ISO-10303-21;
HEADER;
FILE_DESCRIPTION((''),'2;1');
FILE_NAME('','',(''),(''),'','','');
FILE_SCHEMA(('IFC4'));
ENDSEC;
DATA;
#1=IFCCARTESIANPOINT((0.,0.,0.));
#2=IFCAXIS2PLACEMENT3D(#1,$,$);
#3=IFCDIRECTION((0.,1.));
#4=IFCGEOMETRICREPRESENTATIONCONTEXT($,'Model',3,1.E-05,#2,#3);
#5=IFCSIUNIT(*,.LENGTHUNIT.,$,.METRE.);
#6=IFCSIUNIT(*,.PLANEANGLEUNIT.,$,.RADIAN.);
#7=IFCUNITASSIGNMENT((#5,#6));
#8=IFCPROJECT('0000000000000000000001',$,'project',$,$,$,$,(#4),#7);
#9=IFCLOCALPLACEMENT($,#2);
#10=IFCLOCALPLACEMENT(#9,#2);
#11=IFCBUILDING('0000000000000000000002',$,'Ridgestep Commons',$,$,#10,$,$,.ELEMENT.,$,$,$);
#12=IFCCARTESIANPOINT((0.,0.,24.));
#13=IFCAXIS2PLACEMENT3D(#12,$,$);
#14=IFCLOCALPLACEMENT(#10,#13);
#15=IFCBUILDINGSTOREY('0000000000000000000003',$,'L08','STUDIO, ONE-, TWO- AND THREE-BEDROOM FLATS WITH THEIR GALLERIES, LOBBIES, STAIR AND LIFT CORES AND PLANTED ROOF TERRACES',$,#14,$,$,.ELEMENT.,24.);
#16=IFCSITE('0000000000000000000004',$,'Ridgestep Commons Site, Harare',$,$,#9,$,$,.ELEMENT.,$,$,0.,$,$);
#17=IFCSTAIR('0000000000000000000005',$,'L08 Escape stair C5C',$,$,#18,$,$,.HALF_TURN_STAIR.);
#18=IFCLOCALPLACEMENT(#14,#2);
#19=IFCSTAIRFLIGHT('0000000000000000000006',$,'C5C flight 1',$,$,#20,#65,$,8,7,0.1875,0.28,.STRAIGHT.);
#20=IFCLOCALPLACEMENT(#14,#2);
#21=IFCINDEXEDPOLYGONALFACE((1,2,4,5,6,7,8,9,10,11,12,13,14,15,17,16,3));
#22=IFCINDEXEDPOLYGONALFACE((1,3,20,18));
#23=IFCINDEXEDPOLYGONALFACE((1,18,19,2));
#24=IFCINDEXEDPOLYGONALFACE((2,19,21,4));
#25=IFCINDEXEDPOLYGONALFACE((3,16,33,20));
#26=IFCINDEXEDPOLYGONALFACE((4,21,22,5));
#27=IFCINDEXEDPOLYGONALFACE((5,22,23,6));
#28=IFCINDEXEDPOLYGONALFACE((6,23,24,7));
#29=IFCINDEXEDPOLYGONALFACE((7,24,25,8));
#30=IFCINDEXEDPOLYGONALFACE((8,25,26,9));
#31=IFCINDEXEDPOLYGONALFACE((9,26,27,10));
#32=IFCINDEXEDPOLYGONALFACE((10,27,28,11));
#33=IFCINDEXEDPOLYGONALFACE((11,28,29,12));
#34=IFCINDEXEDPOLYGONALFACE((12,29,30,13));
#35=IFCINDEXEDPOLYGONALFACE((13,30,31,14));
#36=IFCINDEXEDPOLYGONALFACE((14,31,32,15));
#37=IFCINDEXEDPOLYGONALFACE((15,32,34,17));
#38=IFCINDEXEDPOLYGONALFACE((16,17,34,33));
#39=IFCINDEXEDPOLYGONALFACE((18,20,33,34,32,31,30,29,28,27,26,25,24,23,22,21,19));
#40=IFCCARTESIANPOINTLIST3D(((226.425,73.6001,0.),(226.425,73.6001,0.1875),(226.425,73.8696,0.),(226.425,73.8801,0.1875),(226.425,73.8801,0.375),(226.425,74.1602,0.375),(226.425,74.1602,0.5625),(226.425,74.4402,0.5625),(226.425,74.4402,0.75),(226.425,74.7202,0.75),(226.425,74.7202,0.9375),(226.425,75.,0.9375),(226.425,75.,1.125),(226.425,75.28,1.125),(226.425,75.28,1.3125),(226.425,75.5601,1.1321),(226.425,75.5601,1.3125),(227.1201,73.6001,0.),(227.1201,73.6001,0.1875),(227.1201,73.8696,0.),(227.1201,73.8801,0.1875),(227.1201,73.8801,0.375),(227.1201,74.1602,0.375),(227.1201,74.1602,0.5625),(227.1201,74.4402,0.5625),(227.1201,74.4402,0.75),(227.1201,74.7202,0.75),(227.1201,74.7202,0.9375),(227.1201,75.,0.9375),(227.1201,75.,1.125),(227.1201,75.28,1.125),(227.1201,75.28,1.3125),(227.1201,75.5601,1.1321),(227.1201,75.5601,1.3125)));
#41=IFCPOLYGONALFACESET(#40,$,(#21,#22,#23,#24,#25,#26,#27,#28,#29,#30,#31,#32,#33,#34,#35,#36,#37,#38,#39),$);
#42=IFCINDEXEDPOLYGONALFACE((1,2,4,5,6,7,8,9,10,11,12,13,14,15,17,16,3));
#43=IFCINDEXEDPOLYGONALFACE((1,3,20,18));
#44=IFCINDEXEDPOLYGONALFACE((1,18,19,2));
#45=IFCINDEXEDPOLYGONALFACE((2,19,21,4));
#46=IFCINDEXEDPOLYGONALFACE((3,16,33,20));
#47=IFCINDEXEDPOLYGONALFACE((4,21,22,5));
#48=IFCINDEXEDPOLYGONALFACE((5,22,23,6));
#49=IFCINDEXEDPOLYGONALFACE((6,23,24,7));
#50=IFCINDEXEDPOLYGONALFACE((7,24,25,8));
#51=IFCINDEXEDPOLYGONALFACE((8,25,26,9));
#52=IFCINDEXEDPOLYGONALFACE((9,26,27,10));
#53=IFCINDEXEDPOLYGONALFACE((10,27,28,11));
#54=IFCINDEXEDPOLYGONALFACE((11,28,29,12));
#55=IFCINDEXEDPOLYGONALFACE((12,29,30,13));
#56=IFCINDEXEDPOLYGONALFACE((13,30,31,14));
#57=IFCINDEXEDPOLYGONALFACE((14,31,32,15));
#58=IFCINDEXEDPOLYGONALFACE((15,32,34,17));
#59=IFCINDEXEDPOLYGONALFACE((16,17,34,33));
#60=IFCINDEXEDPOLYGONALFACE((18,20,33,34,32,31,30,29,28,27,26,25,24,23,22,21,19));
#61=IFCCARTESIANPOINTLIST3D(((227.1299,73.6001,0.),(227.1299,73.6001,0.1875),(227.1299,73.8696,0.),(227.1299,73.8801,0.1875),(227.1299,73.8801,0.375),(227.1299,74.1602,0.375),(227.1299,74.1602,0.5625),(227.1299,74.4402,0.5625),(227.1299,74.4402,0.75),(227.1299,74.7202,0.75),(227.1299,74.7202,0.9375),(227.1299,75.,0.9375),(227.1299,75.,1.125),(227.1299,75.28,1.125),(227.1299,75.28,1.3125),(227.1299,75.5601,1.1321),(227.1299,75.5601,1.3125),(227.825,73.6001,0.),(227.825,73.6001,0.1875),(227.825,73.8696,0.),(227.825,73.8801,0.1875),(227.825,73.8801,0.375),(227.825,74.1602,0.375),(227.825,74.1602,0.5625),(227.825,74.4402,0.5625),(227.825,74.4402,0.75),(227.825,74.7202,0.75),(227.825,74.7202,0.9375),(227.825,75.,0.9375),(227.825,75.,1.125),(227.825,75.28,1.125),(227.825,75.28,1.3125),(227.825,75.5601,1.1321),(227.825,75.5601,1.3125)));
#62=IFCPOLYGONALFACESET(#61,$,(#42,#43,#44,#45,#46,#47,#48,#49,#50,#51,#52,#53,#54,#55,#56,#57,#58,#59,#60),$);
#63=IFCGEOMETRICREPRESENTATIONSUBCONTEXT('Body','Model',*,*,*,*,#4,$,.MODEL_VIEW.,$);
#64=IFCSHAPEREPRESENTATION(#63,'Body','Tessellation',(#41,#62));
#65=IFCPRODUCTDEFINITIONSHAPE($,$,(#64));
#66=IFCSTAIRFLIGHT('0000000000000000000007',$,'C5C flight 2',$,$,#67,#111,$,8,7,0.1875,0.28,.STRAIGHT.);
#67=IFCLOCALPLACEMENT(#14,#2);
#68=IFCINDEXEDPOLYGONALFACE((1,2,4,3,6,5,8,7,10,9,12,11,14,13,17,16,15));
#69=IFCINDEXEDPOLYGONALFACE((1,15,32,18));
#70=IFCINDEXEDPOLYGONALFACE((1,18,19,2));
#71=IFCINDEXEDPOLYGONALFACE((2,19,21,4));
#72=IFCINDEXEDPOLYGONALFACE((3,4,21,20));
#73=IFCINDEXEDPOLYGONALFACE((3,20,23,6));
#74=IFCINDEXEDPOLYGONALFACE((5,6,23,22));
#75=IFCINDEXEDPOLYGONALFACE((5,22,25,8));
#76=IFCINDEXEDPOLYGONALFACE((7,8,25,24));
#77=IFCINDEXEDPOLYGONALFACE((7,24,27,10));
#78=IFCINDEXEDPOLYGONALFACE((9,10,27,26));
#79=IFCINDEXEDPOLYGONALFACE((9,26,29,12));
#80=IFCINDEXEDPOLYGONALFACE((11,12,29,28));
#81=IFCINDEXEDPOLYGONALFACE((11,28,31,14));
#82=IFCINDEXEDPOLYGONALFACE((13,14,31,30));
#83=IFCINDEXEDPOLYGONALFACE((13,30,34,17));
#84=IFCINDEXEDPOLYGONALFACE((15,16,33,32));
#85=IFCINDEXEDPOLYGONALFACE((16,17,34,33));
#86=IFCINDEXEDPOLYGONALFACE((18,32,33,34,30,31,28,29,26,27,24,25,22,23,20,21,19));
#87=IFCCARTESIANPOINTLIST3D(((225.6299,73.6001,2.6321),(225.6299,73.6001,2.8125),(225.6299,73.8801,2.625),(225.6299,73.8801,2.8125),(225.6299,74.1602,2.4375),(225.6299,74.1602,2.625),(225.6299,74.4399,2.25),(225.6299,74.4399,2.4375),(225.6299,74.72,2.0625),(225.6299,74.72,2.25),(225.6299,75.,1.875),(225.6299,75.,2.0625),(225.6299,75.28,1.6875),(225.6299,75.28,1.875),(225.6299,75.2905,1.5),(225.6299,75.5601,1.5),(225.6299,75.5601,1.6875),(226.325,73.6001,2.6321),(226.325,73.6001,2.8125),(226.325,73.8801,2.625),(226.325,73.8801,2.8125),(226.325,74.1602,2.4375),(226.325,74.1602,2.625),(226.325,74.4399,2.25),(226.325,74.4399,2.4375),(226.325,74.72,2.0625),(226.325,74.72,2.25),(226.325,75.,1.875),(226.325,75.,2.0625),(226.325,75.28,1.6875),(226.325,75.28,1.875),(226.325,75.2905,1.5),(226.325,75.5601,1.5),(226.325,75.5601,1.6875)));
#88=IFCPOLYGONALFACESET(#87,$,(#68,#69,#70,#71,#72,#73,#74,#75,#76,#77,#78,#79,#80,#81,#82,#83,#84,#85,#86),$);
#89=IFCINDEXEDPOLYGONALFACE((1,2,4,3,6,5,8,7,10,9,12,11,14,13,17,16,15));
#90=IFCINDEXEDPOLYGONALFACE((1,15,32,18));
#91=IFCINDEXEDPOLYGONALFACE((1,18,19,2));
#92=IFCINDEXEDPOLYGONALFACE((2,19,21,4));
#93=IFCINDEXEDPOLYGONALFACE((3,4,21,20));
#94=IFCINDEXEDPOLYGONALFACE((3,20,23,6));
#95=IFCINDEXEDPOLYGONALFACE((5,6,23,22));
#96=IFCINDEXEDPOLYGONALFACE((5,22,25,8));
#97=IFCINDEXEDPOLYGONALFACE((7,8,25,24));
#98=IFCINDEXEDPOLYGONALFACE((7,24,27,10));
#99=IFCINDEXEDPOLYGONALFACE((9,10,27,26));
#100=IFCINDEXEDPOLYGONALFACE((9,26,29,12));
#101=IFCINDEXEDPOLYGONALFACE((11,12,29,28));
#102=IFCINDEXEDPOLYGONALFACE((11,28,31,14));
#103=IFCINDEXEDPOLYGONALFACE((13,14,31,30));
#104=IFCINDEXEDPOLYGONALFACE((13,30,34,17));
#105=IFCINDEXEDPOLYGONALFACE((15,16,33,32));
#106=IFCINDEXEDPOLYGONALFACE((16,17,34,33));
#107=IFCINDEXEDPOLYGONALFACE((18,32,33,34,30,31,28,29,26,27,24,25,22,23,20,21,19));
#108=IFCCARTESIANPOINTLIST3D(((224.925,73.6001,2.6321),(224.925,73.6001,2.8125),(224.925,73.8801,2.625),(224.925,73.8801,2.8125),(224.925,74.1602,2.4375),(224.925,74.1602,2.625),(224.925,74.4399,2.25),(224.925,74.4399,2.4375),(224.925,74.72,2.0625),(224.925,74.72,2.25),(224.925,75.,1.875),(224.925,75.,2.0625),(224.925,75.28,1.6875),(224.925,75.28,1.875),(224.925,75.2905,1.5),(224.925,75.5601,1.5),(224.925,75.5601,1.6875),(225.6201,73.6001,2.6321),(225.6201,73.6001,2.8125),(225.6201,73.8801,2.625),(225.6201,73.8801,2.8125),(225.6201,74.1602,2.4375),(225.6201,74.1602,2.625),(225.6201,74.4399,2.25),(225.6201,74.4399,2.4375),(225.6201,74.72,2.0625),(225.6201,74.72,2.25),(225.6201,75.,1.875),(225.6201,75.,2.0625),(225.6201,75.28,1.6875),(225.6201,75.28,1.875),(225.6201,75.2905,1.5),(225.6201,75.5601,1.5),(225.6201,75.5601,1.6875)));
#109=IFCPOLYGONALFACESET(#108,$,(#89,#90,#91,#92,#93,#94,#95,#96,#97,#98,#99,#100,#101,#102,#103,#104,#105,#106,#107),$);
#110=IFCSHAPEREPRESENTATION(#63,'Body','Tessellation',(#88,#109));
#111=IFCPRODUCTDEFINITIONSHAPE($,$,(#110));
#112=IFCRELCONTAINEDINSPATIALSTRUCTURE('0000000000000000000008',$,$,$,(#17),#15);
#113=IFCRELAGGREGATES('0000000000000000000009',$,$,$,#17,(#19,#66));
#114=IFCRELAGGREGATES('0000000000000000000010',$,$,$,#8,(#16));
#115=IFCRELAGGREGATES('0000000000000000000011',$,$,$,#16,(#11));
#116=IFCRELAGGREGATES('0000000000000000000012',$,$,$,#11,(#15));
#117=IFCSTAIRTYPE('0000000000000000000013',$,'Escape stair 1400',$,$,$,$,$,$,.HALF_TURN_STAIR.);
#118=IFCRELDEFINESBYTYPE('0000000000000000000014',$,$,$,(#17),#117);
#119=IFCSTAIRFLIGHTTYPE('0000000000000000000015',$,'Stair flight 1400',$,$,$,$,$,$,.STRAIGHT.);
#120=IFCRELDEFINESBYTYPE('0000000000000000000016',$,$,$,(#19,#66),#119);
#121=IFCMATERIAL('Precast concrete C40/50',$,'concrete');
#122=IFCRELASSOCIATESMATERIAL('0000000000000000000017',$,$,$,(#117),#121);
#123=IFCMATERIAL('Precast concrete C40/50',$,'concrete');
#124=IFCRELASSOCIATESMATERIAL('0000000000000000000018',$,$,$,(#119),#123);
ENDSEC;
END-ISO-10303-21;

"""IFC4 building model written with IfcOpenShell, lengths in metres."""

from ifc_helpers import new_model, si_unit, direction, frame, origin, place, context, subcontext, project, spatial, polyline, outline, extrude, material, type_object, element, aggregate, save


model = new_model("IFC4")

# Units and contexts
model_context = context("Model", 3, precision=1e-05, world=origin(), true_north=direction((0.0, 1.0)))
body_context = subcontext(model_context, "Body", "Model", "MODEL_VIEW")
ifc_project = project(units=[si_unit("LENGTHUNIT", "METRE"), si_unit("PLANEANGLEUNIT", "RADIAN")], contexts=[model_context])

# Site, building, storey
site_placement = place(None, origin())
site = spatial("IfcSite", under=ifc_project, at=site_placement, Name="Ridgestep Commons Site, Harare", CompositionType="ELEMENT", RefElevation=0.0)
building_placement = place(site_placement, origin())
building = spatial("IfcBuilding", under=site, at=building_placement, Name="Ridgestep Commons", CompositionType="ELEMENT")
storey_placement = place(building_placement, frame((0.0, 0.0, 24.0)))
storey = spatial("IfcBuildingStorey", under=building, at=storey_placement, Name="L08", Description="STUDIO, ONE-, TWO- AND THREE-BEDROOM FLATS WITH THEIR GALLERIES, LOBBIES, STAIR AND LIFT CORES AND PLANTED ROOF TERRACES", CompositionType="ELEMENT", Elevation=24.0)

# Stair, stair flights
ifc_material_1 = material(Name="Precast concrete C40/50", Category="concrete")
stair_type = type_object("IfcStairType", Name="Escape stair 1400", PredefinedType="HALF_TURN_STAIR", material=ifc_material_1)
stair_placement = place(storey_placement, origin())
stair = element("IfcStair", 1, at=stair_placement, inside=storey, type_object=stair_type, Name="L08 Escape stair C5C", PredefinedType="HALF_TURN_STAIR")
ifc_material_2 = material(Name="Precast concrete C40/50", Category="concrete")
stair_flight_type = type_object("IfcStairFlightType", Name="Stair flight 1400", PredefinedType="STRAIGHT", material=ifc_material_2)
stair_flight_1_placement = place(storey_placement, frame((227.125, 73.6001, 0.0), z_axis=(0.0, 0.0, 1.0), x_axis=(0.0, 1.0, 0.0)))
stair_flight_1 = element("IfcStairFlight", 2, at=stair_flight_1_placement, type_object=stair_flight_type, Name="C5C flight 1", NumberOfRisers=8, NumberOfTreads=7, PredefinedType="STRAIGHT", RiserHeight=0.1875, TreadLength=0.28, context=body_context, shape_type="SweptSolid", body=[
    extrude(outline(polyline([(0.0, 0.0), (0.0, 0.1875), (0.28, 0.1875), (0.28, 0.375), (0.5601, 0.375), (0.5601, 0.5625), (0.8401, 0.5625), (0.8401, 0.75), (1.1201, 0.75), (1.1201, 0.9375), (1.3999, 0.9375), (1.3999, 1.125), (1.6799, 1.125), (1.6799, 1.3125), (1.96, 1.3125), (1.96, 1.5), (1.96, 1.1321), (0.2695, 0.0), (0.0, 0.0)])), frame((0.0, 0.7, 0.0), z_axis=(0.0, -1.0, 0.0), x_axis=(1.0, 0.0, 0.0)), (0.0, 0.0, 1.0), 0.6951),
    extrude(outline(polyline([(0.0, 0.0), (0.0, 0.1875), (0.28, 0.1875), (0.28, 0.375), (0.5601, 0.375), (0.5601, 0.5625), (0.8401, 0.5625), (0.8401, 0.75), (1.1201, 0.75), (1.1201, 0.9375), (1.3999, 0.9375), (1.3999, 1.125), (1.6799, 1.125), (1.6799, 1.3125), (1.96, 1.3125), (1.96, 1.5), (1.96, 1.1321), (0.2695, 0.0), (0.0, 0.0)])), frame((0.0, -0.0049, 0.0), z_axis=(0.0, -1.0, 0.0), x_axis=(1.0, 0.0, 0.0)), (0.0, 0.0, 1.0), 0.6951),
])
stair_flight_2_placement = place(storey_placement, frame((225.625, 75.5601, 1.5), z_axis=(0.0, 0.0, 1.0), x_axis=(0.0, -1.0, 0.0)))
stair_flight_2 = element("IfcStairFlight", 3, at=stair_flight_2_placement, type_object=stair_flight_type, Name="C5C flight 2", NumberOfRisers=8, NumberOfTreads=7, PredefinedType="STRAIGHT", RiserHeight=0.1875, TreadLength=0.28, context=body_context, shape_type="SweptSolid", body=[
    extrude(outline(polyline([(0.0, 0.0), (0.0, 0.1875), (0.28, 0.1875), (0.28, 0.375), (0.5601, 0.375), (0.5601, 0.5625), (0.8401, 0.5625), (0.8401, 0.75), (1.1201, 0.75), (1.1201, 0.9375), (1.3999, 0.9375), (1.3999, 1.125), (1.6799, 1.125), (1.6799, 1.3125), (1.96, 1.3125), (1.96, 1.5), (1.96, 1.1321), (0.2695, 0.0), (0.0, 0.0)])), frame((0.0, 0.7, 0.0), z_axis=(0.0, -1.0, 0.0), x_axis=(1.0, 0.0, 0.0)), (0.0, 0.0, 1.0), 0.6951),
    extrude(outline(polyline([(0.0, 0.0), (0.0, 0.1875), (0.28, 0.1875), (0.28, 0.375), (0.5601, 0.375), (0.5601, 0.5625), (0.8401, 0.5625), (0.8401, 0.75), (1.1201, 0.75), (1.1201, 0.9375), (1.3999, 0.9375), (1.3999, 1.125), (1.6799, 1.125), (1.6799, 1.3125), (1.96, 1.3125), (1.96, 1.5), (1.96, 1.1321), (0.2695, 0.0), (0.0, 0.0)])), frame((0.0, -0.0049, 0.0), z_axis=(0.0, -1.0, 0.0), x_axis=(1.0, 0.0, 0.0)), (0.0, 0.0, 1.0), 0.6951),
])
aggregate(stair, [stair_flight_1, stair_flight_2])

save(model, "model.ifc")
